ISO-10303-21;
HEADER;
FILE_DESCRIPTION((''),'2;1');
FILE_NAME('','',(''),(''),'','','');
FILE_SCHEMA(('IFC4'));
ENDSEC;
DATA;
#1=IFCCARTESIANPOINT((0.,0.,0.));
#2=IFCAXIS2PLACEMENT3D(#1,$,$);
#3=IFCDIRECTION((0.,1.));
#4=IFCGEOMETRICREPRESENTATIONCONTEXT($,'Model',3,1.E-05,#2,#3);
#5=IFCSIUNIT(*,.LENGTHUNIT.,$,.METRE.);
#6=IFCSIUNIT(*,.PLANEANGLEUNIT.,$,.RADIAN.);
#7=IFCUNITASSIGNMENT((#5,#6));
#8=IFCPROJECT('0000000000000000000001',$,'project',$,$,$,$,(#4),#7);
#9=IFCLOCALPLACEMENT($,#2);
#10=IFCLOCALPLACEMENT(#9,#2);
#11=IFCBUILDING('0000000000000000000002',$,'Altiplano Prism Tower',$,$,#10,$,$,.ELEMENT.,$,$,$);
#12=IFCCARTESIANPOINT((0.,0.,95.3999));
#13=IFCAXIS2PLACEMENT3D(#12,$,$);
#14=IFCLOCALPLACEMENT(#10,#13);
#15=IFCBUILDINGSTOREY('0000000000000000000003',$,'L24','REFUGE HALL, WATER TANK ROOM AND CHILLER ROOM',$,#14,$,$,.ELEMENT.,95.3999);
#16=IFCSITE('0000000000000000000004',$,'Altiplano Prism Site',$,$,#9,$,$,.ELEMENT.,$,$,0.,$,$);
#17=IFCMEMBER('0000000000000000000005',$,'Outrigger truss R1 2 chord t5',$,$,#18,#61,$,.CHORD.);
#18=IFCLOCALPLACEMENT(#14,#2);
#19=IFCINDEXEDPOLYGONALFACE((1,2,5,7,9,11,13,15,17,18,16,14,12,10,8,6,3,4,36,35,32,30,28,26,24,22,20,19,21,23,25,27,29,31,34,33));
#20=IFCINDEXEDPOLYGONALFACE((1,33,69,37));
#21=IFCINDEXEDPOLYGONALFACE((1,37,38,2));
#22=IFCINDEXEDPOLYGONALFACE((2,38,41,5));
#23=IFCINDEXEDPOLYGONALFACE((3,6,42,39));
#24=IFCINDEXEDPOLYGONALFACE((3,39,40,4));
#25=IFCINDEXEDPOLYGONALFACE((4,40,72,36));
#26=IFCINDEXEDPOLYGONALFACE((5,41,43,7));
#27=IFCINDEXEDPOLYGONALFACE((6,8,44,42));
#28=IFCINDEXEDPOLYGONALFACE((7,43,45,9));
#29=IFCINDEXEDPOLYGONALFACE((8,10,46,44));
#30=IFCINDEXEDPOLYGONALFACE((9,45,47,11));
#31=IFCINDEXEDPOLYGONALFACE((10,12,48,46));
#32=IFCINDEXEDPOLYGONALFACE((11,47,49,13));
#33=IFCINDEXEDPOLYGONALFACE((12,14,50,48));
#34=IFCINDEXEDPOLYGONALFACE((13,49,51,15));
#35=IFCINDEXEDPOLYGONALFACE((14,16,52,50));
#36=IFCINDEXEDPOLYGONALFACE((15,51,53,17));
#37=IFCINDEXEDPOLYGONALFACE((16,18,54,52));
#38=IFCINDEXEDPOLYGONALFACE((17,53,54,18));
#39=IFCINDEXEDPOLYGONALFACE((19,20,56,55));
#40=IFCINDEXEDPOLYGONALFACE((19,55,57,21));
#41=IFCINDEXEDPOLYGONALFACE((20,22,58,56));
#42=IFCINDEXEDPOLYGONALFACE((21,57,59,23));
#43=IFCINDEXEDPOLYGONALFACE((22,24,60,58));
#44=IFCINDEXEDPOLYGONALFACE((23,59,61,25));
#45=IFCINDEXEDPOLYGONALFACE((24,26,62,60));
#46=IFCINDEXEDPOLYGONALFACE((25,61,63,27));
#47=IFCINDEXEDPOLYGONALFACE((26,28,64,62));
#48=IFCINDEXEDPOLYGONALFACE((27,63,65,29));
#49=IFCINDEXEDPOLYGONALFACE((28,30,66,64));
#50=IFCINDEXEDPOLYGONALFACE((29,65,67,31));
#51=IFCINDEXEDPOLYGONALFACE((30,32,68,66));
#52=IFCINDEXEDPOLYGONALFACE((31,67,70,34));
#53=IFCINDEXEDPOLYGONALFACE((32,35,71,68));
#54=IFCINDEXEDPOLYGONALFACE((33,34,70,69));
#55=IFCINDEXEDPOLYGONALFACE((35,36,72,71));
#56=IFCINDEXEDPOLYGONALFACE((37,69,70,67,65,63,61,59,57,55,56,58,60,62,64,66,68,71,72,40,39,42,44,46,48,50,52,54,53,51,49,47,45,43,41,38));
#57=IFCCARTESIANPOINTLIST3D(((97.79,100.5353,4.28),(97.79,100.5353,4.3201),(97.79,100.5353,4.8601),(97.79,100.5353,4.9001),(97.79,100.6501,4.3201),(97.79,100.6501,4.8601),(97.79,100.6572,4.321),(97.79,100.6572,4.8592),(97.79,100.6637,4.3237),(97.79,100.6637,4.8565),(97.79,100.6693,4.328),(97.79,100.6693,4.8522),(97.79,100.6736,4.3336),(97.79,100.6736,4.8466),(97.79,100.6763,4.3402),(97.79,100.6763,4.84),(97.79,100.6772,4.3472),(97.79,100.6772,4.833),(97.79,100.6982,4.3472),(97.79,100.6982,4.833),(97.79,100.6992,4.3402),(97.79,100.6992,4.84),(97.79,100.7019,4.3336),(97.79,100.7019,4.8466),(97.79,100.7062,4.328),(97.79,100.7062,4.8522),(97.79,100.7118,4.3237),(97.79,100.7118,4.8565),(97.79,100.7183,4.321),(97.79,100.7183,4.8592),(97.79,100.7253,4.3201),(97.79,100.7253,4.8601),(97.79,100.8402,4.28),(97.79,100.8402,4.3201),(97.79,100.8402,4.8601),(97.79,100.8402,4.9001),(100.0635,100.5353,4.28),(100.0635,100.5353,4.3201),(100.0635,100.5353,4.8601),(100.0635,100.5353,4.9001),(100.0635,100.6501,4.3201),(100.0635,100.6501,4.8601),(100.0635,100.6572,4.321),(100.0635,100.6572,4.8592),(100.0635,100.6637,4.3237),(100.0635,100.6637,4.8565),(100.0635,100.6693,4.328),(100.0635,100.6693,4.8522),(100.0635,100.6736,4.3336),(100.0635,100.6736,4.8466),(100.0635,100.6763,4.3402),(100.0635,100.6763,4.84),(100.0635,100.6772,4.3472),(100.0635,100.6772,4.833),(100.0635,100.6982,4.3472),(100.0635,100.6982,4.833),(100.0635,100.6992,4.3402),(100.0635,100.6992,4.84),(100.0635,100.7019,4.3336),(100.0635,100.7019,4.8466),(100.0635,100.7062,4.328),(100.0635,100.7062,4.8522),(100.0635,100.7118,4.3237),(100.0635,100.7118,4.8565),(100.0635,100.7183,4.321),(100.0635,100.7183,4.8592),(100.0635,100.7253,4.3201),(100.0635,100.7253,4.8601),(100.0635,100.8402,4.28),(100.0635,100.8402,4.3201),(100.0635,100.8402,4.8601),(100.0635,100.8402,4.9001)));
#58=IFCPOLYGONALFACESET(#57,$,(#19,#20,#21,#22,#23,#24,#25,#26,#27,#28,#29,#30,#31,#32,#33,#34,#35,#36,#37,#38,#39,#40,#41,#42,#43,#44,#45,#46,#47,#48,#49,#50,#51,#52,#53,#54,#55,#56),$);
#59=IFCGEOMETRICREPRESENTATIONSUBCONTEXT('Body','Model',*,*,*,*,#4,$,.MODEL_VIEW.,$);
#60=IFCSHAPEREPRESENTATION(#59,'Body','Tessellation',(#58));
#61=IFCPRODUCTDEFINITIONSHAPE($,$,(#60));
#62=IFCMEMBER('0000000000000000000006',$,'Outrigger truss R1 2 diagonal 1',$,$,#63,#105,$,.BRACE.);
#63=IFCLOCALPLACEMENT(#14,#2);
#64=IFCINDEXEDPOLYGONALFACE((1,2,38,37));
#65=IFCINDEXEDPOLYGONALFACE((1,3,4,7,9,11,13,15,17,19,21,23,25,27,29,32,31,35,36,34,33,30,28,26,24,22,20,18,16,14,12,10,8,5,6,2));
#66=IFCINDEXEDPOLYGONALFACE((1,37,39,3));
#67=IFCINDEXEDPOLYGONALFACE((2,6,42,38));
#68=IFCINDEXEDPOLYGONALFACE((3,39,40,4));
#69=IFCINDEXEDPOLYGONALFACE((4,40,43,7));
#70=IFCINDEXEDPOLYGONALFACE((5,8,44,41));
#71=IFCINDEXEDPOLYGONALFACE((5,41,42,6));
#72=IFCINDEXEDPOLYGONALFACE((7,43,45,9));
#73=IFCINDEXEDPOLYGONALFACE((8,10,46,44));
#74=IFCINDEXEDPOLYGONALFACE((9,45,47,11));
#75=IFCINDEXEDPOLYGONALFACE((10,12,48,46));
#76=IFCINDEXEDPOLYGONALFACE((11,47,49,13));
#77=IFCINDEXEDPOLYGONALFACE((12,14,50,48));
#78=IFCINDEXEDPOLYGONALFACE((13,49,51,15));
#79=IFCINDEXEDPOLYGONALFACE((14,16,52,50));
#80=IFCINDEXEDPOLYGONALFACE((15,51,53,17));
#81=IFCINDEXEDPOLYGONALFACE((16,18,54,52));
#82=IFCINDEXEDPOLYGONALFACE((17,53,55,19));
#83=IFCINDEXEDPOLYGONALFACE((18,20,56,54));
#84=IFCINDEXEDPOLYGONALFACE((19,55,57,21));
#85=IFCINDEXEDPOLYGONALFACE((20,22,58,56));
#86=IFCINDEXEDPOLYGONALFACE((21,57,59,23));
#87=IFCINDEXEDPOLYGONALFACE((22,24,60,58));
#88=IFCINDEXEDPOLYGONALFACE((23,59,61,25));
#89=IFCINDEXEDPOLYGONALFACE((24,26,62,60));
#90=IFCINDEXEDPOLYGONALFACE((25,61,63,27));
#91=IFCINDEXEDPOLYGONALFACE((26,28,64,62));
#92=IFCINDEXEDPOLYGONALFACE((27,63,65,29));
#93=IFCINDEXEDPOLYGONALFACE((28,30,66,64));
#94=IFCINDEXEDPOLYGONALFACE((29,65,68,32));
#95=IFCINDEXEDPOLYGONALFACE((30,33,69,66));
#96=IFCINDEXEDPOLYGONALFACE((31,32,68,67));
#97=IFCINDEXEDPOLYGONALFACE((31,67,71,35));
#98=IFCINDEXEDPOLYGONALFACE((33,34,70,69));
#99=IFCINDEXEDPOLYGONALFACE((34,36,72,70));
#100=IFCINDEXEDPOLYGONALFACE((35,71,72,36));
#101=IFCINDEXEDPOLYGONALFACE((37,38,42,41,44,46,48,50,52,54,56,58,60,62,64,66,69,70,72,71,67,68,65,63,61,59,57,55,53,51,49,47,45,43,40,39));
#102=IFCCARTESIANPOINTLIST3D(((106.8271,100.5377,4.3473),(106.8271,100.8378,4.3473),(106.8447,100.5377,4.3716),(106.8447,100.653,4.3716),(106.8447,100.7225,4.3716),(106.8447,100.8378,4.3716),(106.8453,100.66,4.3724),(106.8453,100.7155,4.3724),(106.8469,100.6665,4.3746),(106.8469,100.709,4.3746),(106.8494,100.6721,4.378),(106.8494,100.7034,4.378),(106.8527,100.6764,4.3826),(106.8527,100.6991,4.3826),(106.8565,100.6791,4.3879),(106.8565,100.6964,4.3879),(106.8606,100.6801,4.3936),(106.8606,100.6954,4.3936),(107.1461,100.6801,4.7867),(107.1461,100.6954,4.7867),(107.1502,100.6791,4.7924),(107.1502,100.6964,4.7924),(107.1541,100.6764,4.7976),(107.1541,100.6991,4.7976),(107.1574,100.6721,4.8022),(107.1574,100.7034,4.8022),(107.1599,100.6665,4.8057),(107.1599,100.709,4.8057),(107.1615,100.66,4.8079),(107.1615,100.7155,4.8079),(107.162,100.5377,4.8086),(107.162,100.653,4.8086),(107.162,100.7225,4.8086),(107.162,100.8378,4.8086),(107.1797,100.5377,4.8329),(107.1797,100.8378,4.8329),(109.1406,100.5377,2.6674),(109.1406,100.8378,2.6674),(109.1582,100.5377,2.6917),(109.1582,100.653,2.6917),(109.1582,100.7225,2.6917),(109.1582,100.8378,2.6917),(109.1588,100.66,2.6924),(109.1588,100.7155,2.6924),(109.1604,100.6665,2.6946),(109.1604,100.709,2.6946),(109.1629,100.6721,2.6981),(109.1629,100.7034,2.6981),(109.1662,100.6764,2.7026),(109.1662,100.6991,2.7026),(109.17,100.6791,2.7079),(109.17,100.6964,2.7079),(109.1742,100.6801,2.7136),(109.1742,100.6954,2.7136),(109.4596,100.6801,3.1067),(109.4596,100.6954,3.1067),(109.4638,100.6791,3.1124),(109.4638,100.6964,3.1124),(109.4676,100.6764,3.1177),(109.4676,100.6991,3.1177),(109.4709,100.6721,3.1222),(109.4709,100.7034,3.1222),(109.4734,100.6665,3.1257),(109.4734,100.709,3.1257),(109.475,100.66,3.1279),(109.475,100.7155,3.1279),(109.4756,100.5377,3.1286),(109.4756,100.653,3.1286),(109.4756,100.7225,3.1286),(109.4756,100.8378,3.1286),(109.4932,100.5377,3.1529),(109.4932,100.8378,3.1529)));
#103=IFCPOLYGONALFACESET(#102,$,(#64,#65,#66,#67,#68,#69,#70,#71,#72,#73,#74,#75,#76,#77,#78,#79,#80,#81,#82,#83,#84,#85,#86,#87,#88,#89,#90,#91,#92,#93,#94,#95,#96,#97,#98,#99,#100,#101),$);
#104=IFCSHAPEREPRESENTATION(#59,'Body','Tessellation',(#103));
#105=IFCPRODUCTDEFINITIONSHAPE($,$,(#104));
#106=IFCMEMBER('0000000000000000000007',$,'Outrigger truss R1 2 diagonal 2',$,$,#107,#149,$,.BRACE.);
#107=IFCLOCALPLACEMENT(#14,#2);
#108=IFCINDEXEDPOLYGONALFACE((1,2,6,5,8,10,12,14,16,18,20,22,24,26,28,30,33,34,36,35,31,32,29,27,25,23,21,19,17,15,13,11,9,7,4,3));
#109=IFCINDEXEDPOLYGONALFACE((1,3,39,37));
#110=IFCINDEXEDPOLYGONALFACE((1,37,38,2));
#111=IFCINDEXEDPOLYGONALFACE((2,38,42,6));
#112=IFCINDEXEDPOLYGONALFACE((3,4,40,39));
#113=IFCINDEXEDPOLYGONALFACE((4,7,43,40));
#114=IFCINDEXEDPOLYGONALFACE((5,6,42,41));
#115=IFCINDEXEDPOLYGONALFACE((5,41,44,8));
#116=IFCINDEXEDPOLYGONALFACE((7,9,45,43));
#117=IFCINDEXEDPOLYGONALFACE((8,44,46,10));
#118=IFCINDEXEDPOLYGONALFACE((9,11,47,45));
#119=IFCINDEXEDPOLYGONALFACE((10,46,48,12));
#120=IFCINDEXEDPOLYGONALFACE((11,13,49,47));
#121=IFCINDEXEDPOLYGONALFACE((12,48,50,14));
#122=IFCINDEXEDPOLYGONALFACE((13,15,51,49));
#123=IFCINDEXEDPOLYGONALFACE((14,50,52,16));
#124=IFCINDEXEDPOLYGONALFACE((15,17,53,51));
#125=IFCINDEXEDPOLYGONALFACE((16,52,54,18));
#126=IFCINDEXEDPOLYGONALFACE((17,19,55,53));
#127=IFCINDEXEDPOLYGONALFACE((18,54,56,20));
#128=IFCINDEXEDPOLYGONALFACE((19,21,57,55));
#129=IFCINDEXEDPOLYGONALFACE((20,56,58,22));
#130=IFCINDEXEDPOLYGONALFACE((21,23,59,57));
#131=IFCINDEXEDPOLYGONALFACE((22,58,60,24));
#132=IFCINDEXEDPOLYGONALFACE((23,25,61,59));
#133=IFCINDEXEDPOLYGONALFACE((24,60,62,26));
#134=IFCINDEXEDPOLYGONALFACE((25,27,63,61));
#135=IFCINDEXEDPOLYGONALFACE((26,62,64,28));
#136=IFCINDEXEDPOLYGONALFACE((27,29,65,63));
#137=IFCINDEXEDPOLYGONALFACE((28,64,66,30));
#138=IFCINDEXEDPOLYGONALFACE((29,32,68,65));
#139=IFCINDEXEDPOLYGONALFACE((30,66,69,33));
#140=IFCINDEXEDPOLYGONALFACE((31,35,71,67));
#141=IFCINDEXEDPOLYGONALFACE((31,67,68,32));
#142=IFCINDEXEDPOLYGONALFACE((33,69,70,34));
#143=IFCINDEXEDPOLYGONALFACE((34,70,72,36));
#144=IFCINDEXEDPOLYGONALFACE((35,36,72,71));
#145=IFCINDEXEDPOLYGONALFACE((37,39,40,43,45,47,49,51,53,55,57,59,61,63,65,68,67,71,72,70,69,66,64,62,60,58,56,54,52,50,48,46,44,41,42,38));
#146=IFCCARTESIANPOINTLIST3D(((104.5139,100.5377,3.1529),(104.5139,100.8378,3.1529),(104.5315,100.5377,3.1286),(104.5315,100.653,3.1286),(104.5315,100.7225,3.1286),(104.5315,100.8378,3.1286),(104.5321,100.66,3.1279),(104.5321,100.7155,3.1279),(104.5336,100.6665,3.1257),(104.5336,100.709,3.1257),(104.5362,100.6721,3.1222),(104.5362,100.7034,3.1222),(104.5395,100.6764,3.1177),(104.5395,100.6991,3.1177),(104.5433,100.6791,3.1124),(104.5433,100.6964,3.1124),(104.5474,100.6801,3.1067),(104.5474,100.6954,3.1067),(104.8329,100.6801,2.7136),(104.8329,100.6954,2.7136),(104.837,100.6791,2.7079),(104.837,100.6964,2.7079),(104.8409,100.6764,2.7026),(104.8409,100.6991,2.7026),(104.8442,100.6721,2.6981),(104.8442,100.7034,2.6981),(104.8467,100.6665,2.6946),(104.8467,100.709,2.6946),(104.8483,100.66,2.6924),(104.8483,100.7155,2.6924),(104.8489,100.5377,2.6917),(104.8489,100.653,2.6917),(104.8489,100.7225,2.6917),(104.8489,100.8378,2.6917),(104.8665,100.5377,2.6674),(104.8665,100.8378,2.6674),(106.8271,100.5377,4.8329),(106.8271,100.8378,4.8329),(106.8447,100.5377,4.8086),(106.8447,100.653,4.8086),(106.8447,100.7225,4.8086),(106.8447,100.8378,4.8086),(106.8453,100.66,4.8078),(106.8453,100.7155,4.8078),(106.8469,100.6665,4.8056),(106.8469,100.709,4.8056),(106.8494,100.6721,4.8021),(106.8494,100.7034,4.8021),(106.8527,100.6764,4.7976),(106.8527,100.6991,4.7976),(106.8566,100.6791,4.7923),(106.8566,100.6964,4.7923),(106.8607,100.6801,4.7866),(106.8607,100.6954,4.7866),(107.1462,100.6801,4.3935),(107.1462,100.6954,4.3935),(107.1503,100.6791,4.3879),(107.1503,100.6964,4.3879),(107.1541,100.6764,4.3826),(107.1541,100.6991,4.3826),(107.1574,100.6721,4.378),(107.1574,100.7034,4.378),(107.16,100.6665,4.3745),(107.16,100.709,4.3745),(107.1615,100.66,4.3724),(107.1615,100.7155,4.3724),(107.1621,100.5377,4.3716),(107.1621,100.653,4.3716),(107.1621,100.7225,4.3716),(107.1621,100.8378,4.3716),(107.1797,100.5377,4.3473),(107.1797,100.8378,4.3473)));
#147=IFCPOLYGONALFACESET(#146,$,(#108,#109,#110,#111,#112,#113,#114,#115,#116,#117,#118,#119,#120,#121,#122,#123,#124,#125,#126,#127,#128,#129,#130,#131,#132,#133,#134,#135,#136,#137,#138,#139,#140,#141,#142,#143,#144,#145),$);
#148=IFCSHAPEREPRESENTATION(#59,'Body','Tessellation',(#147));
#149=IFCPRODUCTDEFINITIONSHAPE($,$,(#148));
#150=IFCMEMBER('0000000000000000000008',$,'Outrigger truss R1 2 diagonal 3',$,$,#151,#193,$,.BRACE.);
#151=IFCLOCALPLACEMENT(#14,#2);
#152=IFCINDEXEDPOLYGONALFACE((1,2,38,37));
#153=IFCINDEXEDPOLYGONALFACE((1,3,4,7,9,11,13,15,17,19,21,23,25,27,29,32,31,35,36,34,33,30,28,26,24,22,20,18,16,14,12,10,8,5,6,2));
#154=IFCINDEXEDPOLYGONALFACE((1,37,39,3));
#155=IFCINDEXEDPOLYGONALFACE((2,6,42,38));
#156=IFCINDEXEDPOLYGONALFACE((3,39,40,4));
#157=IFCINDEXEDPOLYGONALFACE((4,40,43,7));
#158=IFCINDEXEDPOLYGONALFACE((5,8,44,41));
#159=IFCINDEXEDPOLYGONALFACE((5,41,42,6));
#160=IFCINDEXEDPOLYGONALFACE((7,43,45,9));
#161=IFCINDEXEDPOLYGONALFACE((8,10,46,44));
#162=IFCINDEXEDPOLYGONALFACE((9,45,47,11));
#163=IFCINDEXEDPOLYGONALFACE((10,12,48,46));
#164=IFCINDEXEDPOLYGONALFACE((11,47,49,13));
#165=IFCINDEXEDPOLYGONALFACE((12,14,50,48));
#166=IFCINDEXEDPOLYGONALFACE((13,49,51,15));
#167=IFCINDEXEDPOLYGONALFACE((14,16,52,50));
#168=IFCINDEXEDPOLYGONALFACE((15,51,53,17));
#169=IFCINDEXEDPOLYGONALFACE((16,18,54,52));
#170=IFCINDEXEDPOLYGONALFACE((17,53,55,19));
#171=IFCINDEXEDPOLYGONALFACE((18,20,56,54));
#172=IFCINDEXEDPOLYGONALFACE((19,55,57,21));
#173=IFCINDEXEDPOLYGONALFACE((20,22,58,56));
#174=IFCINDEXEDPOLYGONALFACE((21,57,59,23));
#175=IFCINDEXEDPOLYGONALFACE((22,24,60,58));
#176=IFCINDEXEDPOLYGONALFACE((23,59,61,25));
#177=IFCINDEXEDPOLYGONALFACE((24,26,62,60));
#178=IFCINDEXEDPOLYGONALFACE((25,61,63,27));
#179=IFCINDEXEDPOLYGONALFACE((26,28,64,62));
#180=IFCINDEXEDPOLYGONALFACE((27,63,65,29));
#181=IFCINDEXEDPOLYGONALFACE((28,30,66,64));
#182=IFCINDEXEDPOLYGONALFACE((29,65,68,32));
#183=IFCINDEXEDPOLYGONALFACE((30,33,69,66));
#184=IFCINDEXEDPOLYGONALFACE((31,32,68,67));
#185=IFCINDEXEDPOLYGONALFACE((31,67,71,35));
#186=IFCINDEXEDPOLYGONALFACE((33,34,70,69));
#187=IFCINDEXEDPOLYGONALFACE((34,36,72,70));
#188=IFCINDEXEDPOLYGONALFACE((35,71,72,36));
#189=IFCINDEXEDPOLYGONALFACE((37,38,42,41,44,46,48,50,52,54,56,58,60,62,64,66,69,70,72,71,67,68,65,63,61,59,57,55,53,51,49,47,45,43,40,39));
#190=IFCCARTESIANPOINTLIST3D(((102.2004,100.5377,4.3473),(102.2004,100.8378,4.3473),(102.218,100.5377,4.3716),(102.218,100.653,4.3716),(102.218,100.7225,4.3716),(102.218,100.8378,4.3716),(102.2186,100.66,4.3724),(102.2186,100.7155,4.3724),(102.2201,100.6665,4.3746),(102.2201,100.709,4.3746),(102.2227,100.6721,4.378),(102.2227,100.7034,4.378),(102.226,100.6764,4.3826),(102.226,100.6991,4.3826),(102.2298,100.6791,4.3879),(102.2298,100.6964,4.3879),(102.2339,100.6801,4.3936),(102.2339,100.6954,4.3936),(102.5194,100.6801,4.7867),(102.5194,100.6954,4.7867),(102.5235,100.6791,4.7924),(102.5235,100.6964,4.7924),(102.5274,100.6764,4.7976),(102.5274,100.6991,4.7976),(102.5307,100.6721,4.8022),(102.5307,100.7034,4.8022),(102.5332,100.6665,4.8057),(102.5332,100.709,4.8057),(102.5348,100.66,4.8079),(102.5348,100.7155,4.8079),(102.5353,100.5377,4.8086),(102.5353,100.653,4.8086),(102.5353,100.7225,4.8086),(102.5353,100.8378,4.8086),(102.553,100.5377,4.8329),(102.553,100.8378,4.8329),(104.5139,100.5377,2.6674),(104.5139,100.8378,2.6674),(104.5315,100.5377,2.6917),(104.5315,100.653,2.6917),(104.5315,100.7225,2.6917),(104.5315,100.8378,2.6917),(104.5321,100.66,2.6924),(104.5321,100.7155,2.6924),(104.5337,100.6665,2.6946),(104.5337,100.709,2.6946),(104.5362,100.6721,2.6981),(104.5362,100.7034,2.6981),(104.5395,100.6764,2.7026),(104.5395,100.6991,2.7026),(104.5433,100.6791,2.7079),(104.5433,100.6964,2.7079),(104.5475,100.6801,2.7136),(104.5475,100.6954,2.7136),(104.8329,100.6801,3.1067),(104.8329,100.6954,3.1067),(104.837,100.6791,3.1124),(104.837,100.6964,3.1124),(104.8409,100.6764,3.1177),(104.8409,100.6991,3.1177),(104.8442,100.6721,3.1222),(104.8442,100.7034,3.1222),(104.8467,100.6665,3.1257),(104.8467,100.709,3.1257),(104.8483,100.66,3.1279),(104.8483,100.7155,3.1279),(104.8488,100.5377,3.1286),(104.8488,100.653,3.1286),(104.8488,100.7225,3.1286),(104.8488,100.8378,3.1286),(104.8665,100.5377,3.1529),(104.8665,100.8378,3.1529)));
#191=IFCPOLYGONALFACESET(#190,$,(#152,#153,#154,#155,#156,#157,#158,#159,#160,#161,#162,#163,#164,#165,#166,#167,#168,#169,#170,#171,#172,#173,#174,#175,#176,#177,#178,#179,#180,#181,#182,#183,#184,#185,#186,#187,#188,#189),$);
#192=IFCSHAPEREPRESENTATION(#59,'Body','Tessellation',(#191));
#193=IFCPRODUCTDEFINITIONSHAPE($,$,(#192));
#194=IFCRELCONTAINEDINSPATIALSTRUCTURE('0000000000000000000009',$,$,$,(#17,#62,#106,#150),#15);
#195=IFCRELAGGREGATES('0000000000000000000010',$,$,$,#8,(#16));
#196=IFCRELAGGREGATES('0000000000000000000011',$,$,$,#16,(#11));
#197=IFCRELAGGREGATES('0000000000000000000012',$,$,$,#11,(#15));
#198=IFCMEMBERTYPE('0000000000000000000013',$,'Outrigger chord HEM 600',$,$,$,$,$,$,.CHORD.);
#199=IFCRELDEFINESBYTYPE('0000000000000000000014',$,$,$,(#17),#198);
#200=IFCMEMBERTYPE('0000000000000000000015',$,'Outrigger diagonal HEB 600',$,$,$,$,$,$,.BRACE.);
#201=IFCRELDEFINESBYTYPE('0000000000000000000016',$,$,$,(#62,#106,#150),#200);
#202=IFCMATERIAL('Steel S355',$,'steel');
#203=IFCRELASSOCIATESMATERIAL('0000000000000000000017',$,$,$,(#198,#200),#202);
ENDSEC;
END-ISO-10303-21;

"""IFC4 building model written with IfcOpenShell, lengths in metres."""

from ifc_helpers import new_model, si_unit, direction, frame, origin, origin_2d, place, context, subcontext, project, spatial, i_section, extrude, material, material_profile, profile_set, type_object, element, save


model = new_model("IFC4")

# Units and contexts
model_context = context("Model", 3, precision=1e-05, world=origin(), true_north=direction((0.0, 1.0)))
body_context = subcontext(model_context, "Body", "Model", "MODEL_VIEW")
ifc_project = project(units=[si_unit("LENGTHUNIT", "METRE"), si_unit("PLANEANGLEUNIT", "RADIAN")], contexts=[model_context])

# Site, building, storey
site_placement = place(None, origin())
site = spatial("IfcSite", under=ifc_project, at=site_placement, Name="Altiplano Prism Site", CompositionType="ELEMENT", RefElevation=0.0)
building_placement = place(site_placement, origin())
building = spatial("IfcBuilding", under=site, at=building_placement, Name="Altiplano Prism Tower", CompositionType="ELEMENT")
storey_placement = place(building_placement, frame((0.0, 0.0, 95.3999)))
storey = spatial("IfcBuildingStorey", under=building, at=storey_placement, Name="L24", Description="REFUGE HALL, WATER TANK ROOM AND CHILLER ROOM", CompositionType="ELEMENT", Elevation=95.3999)

# Shared definitions
ifc_material_1 = material(Name="Steel S355", Category="steel")

# Members
ifc_material_profile_1 = material_profile(ifc_material_1, i_section(OverallWidth=0.3049, OverallDepth=0.6201, WebThickness=0.021, FlangeThickness=0.04, FilletRadius=0.0271, at=origin_2d()), Name="Outrigger chord HEM 600")
ifc_profile_set_1 = profile_set([ifc_material_profile_1], Name="Steel S355")
member_type_1 = type_object("IfcMemberType", Name="Outrigger chord HEM 600", PredefinedType="CHORD", material=ifc_profile_set_1)
for number, where, z_axis, x_axis, name in (
    (1, (100.0635, 100.6877, 4.5901), (-1.0, 0.0, 0.0), (0.0, -1.0, 0.0), "Outrigger truss R1 2 chord t5"),
):
    element("IfcMember", number, at=place(storey_placement, frame(where, z_axis=z_axis, x_axis=x_axis)), inside=storey, type_object=member_type_1, Name=name, PredefinedType="CHORD", context=body_context, shape_type="SweptSolid", body=[
        extrude(i_section(OverallWidth=0.3049, OverallDepth=0.6201, WebThickness=0.021, FlangeThickness=0.04, FilletRadius=0.0271, at=origin_2d()), origin(), (0.0, 0.0, 1.0), 2.2734),
    ])
ifc_material_profile_2 = material_profile(ifc_material_1, i_section(OverallWidth=0.3, OverallDepth=0.6001, WebThickness=0.0154, FlangeThickness=0.03, FilletRadius=0.0271, at=origin_2d()), Name="Outrigger diagonal HEB 600")
ifc_profile_set_2 = profile_set([ifc_material_profile_2], Name="Steel S355")
member_type_2 = type_object("IfcMemberType", Name="Outrigger diagonal HEB 600", PredefinedType="BRACE", material=ifc_profile_set_2)
member_1_placement = place(storey_placement, frame((109.3169, 100.6877, 2.9102), z_axis=(-0.809168, 0.0, 0.587577), x_axis=(0.0, -1.0, 0.0)))
element("IfcMember", 2, at=member_1_placement, inside=storey, type_object=member_type_2, Name="Outrigger truss R1 2 diagonal 1", PredefinedType="BRACE", context=body_context, shape_type="SweptSolid", body=[
    extrude(i_section(OverallWidth=0.3, OverallDepth=0.6001, WebThickness=0.0154, FlangeThickness=0.03, FilletRadius=0.0271, at=origin_2d()), origin(), (0.0, 0.0, 1.0), 2.8591),
])
member_2_placement = place(storey_placement, frame((107.0034, 100.6877, 4.5901), z_axis=(-0.809138, 0.0, -0.587618), x_axis=(0.0, -1.0, 0.0)))
element("IfcMember", 3, at=member_2_placement, inside=storey, type_object=member_type_2, Name="Outrigger truss R1 2 diagonal 2", PredefinedType="BRACE", context=body_context, shape_type="SweptSolid", body=[
    extrude(i_section(OverallWidth=0.3, OverallDepth=0.6001, WebThickness=0.0154, FlangeThickness=0.03, FilletRadius=0.0271, at=origin_2d()), origin(), (0.0, 0.0, 1.0), 2.8589),
])
member_3_placement = place(storey_placement, frame((104.6902, 100.6877, 2.9102), z_axis=(-0.809168, 0.0, 0.587577), x_axis=(0.0, -1.0, 0.0)))
element("IfcMember", 4, at=member_3_placement, inside=storey, type_object=member_type_2, Name="Outrigger truss R1 2 diagonal 3", PredefinedType="BRACE", context=body_context, shape_type="SweptSolid", body=[
    extrude(i_section(OverallWidth=0.3, OverallDepth=0.6001, WebThickness=0.0154, FlangeThickness=0.03, FilletRadius=0.0271, at=origin_2d()), origin(), (0.0, 0.0, 1.0), 2.8591),
])

save(model, "model.ifc")
